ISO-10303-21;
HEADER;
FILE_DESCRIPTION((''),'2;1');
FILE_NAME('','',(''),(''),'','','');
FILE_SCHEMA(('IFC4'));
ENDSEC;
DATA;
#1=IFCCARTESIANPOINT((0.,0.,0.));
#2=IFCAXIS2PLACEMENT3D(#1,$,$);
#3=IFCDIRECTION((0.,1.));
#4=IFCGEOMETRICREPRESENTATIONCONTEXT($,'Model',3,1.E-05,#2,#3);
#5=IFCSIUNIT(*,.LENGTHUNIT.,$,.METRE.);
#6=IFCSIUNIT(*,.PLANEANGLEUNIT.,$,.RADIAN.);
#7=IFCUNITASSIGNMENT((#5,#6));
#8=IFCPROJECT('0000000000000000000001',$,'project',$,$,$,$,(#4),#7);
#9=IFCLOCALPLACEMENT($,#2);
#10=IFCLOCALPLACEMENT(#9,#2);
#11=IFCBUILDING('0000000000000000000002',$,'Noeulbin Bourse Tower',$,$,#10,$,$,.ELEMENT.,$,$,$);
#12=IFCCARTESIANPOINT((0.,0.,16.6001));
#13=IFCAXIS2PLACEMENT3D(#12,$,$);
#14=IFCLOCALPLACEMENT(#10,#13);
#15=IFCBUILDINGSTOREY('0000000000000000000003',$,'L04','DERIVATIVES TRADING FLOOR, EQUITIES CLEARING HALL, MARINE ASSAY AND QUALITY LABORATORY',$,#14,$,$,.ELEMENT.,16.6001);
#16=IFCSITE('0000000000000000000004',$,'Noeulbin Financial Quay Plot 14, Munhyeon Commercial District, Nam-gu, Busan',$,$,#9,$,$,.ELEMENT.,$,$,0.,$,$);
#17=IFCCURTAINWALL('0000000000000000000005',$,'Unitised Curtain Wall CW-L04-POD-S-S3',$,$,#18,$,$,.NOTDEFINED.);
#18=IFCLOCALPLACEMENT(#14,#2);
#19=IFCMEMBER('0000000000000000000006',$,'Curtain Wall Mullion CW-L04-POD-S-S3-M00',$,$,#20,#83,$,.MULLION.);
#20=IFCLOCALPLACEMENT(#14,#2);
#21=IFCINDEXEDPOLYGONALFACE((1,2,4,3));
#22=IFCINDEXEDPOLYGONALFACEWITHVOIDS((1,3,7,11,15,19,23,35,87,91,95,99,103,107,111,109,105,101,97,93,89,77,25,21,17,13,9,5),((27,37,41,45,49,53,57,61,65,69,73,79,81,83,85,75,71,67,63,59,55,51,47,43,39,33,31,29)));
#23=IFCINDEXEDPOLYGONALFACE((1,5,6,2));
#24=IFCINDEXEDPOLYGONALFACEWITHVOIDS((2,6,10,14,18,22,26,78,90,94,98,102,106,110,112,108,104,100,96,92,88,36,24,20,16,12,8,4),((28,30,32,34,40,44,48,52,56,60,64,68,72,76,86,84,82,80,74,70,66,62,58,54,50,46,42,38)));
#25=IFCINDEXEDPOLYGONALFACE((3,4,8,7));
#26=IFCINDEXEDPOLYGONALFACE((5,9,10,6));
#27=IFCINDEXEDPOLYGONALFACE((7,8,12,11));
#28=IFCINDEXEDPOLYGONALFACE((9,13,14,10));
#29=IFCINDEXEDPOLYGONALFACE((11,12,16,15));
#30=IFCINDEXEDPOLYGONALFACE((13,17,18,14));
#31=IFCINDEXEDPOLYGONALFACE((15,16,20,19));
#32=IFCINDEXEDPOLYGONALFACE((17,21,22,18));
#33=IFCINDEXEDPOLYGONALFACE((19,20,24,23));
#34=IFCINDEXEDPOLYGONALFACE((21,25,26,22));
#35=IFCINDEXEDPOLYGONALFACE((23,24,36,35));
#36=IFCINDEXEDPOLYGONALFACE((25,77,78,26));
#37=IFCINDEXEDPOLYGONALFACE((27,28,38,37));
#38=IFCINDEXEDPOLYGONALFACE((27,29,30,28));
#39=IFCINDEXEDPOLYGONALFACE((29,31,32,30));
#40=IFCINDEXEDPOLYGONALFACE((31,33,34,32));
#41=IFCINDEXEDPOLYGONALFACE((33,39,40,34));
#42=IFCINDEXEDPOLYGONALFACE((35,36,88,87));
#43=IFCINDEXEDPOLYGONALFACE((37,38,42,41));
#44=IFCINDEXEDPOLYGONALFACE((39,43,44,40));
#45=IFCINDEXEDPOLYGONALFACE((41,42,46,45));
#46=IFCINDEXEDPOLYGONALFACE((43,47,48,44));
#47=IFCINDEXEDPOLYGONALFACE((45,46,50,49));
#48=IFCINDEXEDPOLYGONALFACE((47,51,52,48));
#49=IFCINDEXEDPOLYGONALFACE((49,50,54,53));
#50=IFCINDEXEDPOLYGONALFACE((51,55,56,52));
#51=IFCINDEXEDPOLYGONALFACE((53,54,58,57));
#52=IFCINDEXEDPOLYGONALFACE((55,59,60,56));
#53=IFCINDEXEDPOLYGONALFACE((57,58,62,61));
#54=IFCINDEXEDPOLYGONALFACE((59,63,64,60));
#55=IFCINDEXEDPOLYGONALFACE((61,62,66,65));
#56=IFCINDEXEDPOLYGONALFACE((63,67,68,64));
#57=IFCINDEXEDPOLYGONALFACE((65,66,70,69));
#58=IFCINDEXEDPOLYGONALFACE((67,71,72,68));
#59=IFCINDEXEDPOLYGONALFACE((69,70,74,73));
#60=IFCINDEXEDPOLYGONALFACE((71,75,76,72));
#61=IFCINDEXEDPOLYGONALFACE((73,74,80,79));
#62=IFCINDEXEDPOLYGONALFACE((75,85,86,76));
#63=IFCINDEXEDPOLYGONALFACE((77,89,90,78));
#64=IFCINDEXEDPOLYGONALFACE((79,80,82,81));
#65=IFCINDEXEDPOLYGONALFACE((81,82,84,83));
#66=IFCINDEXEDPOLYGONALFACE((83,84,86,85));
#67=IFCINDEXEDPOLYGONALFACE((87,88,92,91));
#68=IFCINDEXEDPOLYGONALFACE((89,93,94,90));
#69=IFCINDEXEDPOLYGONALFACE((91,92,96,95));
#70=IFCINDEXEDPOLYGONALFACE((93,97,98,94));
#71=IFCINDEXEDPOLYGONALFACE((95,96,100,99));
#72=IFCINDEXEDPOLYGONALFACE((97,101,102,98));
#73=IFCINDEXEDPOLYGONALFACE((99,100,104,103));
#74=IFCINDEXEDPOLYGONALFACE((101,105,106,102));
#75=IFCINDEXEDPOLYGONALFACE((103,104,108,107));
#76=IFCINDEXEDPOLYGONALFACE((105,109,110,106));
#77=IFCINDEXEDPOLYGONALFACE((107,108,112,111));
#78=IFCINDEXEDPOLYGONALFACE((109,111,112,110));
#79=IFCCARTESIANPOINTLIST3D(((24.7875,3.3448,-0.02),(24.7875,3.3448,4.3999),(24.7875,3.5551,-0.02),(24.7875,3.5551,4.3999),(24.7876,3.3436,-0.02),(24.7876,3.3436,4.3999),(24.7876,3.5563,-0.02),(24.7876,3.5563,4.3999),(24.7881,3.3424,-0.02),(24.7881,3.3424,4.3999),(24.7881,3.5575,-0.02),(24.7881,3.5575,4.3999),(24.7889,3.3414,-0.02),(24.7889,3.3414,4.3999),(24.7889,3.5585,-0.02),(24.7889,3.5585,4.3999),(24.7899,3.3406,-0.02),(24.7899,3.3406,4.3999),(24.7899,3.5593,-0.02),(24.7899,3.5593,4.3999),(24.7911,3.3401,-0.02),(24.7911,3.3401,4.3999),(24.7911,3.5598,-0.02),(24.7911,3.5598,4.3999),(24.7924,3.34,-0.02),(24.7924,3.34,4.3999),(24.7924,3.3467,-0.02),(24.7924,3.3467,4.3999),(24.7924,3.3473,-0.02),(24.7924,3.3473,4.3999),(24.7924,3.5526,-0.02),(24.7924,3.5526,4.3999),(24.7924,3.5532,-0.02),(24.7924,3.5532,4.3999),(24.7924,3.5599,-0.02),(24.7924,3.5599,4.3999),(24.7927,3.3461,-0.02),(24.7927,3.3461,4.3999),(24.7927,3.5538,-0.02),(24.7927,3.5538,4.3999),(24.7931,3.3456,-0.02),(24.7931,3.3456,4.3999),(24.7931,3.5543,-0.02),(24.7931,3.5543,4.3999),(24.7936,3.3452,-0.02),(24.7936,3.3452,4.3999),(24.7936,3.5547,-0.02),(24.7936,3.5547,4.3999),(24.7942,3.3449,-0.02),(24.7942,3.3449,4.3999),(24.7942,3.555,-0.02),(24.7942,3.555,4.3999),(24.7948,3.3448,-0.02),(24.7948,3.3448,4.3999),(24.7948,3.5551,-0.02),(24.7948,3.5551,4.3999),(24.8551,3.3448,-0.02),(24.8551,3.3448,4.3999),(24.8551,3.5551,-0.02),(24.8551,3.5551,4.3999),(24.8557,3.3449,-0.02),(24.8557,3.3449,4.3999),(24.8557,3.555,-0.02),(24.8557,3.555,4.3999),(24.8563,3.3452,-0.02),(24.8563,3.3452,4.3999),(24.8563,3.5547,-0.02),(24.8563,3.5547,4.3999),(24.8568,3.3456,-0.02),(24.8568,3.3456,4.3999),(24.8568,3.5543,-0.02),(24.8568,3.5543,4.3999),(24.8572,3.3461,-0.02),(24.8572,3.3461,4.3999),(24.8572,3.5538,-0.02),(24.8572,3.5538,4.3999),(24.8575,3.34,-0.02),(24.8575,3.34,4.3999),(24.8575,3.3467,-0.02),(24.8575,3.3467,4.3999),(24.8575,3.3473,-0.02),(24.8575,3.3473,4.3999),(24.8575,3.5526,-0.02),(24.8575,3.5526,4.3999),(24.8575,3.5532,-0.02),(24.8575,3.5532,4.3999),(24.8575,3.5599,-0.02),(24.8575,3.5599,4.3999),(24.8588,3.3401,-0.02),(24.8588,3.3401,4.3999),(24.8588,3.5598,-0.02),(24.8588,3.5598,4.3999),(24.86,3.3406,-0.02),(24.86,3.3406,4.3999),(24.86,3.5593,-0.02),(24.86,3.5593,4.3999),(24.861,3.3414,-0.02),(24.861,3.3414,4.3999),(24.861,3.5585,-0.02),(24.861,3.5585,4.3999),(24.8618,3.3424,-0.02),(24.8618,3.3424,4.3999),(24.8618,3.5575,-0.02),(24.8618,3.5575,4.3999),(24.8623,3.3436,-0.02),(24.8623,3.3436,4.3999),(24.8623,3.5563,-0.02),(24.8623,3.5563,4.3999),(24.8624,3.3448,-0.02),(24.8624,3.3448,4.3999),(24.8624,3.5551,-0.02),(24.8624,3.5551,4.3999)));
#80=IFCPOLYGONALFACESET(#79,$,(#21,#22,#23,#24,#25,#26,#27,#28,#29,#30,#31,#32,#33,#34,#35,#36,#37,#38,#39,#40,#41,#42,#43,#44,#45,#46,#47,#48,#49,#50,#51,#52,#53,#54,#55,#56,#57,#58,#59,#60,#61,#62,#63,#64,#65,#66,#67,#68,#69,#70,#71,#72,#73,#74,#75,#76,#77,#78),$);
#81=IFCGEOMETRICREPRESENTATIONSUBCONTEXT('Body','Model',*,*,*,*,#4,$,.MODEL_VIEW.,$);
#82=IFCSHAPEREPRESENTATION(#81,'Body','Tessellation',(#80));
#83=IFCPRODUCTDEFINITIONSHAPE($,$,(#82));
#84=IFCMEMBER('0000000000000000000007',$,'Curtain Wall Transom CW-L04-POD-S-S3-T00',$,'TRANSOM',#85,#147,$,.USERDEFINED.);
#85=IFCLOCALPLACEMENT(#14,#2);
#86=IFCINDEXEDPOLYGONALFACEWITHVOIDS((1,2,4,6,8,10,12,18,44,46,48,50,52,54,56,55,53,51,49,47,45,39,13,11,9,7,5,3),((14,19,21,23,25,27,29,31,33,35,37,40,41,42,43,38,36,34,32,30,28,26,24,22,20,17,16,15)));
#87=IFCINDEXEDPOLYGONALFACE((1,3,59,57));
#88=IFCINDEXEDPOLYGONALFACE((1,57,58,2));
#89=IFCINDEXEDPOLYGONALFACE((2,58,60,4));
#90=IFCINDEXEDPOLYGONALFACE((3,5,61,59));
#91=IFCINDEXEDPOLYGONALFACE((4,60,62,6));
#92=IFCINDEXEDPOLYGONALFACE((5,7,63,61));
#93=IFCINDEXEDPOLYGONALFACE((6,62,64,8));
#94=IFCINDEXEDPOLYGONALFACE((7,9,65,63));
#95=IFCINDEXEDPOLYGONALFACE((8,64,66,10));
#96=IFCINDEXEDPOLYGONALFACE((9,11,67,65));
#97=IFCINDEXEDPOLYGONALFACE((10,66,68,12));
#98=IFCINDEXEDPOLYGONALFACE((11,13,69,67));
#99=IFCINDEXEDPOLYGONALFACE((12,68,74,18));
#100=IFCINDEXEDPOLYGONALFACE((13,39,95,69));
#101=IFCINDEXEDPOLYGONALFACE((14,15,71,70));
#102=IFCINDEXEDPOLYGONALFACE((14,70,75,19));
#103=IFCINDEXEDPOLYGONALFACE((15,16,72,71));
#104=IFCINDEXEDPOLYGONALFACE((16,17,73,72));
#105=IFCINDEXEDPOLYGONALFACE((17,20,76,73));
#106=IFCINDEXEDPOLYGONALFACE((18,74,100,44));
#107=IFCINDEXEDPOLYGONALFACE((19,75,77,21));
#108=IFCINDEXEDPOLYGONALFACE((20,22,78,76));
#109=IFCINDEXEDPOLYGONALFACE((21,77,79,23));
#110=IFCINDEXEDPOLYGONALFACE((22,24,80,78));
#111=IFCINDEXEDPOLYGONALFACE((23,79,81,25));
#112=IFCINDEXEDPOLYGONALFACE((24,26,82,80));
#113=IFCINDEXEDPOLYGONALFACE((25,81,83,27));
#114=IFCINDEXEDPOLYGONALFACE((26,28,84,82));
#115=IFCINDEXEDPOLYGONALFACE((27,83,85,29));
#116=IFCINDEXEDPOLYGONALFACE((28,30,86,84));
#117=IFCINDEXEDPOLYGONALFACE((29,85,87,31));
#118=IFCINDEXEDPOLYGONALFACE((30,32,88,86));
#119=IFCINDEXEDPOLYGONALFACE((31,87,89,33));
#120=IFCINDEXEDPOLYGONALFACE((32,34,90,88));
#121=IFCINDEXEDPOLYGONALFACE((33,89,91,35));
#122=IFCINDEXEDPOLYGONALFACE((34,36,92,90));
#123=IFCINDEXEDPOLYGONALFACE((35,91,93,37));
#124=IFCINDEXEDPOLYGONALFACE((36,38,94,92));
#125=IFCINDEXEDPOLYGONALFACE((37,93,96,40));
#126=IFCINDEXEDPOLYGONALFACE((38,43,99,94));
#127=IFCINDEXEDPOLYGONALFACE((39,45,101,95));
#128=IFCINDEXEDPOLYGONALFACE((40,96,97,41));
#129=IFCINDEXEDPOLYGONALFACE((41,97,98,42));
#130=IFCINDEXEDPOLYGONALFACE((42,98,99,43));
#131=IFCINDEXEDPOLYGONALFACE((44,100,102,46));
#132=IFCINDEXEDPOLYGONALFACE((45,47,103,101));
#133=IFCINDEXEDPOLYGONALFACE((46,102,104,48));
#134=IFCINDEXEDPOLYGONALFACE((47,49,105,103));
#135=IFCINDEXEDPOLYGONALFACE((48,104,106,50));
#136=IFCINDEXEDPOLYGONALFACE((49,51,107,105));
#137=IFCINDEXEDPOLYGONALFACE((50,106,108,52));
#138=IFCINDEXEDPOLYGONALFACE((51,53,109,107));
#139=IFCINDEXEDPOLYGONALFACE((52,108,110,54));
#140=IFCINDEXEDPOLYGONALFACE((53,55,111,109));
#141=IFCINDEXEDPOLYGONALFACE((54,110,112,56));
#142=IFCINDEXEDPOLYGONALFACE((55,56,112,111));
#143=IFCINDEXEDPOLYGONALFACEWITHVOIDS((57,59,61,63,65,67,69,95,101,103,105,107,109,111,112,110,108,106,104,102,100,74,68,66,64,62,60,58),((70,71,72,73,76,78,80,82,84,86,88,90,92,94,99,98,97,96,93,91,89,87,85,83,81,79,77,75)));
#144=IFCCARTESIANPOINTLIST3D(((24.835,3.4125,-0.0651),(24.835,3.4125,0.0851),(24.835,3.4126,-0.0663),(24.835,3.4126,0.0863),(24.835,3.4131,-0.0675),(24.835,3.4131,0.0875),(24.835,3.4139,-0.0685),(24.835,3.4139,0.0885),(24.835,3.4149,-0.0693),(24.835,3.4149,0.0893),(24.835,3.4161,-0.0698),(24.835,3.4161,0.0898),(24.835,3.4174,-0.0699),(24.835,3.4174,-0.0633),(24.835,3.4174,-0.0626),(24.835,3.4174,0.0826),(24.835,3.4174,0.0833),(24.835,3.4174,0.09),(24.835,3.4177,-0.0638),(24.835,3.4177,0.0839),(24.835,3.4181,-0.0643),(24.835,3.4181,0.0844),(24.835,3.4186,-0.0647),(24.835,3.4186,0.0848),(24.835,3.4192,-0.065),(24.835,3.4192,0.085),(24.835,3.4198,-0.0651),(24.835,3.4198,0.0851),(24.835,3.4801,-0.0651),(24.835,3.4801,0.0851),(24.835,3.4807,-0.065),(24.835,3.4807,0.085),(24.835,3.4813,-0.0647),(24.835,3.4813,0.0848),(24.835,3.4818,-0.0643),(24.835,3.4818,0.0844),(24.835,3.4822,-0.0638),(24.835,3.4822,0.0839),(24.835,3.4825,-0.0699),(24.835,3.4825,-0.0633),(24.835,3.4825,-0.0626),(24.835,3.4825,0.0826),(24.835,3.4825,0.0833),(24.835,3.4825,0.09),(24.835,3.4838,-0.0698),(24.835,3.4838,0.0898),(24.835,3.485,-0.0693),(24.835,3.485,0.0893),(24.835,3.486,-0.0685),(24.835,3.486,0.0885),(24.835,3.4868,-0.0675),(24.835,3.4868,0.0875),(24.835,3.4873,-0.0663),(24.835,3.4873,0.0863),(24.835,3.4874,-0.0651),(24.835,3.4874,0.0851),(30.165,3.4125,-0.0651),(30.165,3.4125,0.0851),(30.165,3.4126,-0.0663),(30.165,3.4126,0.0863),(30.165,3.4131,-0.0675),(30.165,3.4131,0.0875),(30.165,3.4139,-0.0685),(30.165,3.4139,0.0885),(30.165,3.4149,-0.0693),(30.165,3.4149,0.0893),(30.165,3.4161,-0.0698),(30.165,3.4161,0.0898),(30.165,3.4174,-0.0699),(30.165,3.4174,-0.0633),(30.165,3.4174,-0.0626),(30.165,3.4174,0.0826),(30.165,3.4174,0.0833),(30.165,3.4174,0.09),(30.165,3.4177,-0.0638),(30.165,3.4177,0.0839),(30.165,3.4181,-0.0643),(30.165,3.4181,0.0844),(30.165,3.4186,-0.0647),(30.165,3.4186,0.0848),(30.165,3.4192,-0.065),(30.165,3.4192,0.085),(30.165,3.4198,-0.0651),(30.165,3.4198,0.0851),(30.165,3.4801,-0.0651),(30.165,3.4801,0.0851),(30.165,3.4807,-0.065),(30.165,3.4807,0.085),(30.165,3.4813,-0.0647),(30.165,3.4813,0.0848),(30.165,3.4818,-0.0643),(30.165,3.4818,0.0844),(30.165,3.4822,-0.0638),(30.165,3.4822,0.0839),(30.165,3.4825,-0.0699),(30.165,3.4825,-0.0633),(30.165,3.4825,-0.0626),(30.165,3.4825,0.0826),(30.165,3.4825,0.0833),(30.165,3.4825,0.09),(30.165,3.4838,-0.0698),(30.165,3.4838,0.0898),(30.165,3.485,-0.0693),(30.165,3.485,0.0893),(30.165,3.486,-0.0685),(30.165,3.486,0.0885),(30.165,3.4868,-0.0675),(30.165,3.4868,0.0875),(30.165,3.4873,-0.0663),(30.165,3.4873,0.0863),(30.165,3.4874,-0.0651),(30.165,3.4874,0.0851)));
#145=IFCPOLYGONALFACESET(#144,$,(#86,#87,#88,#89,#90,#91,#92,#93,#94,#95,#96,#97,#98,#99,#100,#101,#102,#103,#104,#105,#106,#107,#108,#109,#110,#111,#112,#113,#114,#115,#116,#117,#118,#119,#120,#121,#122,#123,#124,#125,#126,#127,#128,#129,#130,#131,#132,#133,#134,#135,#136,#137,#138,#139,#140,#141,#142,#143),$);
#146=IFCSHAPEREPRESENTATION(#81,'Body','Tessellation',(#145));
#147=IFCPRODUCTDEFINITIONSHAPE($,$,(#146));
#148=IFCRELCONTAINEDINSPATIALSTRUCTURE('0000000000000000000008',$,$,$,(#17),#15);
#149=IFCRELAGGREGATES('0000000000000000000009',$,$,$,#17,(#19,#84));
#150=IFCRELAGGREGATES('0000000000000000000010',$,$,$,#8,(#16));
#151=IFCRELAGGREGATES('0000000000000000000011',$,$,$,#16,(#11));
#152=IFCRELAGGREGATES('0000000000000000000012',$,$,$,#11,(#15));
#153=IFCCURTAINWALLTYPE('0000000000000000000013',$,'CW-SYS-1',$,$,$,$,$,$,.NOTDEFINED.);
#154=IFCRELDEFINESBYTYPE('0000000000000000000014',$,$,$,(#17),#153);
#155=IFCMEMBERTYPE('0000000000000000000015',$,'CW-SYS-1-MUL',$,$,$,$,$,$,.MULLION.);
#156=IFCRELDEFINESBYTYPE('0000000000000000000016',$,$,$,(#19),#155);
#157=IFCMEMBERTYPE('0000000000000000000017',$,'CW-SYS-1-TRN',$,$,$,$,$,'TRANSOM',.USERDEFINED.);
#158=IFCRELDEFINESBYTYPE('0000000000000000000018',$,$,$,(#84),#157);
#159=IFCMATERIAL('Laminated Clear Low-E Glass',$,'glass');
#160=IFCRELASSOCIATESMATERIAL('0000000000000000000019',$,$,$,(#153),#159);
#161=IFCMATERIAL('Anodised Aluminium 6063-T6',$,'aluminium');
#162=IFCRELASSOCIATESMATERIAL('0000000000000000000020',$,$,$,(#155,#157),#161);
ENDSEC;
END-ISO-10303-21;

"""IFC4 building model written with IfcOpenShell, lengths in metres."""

from ifc_helpers import new_model, si_unit, direction, frame, origin, origin_2d, place, context, subcontext, project, spatial, hollow_rectangle, extrude, material, material_profile, profile_set, type_object, element, aggregate, save


model = new_model("IFC4")

# Units and contexts
model_context = context("Model", 3, precision=1e-05, world=origin(), true_north=direction((0.0, 1.0)))
body_context = subcontext(model_context, "Body", "Model", "MODEL_VIEW")
ifc_project = project(units=[si_unit("LENGTHUNIT", "METRE"), si_unit("PLANEANGLEUNIT", "RADIAN")], contexts=[model_context])

# Site, building, storey
site_placement = place(None, origin())
site = spatial("IfcSite", under=ifc_project, at=site_placement, Name="Noeulbin Financial Quay Plot 14, Munhyeon Commercial District, Nam-gu, Busan", CompositionType="ELEMENT", RefElevation=0.0)
building_placement = place(site_placement, origin())
building = spatial("IfcBuilding", under=site, at=building_placement, Name="Noeulbin Bourse Tower", CompositionType="ELEMENT")
storey_placement = place(building_placement, frame((0.0, 0.0, 16.6001)))
storey = spatial("IfcBuildingStorey", under=building, at=storey_placement, Name="L04", Description="DERIVATIVES TRADING FLOOR, EQUITIES CLEARING HALL, MARINE ASSAY AND QUALITY LABORATORY", CompositionType="ELEMENT", Elevation=16.6001)

# Curtain wall, members
ifc_material_1 = material(Name="Laminated Clear Low-E Glass", Category="glass")
curtain_wall_type = type_object("IfcCurtainWallType", Name="CW-SYS-1", PredefinedType="NOTDEFINED", material=ifc_material_1)
ifc_material_2 = material(Name="Anodised Aluminium 6063-T6", Category="aluminium")
ifc_material_profile_1 = material_profile(ifc_material_2, hollow_rectangle(XDim=0.075, YDim=0.22, WallThickness=0.0049, InnerFilletRadius=0.0024, OuterFilletRadius=0.0049, at=origin_2d()), Name="ALU-MULL-75x220x5", Category="LoadBearing")
ifc_profile_set_1 = profile_set([ifc_material_profile_1], Name="Anodised Aluminium 6063-T6")
member_type_1 = type_object("IfcMemberType", Name="CW-SYS-1-MUL", PredefinedType="MULLION", material=ifc_profile_set_1)
curtain_wall_1_placement = place(storey_placement, origin())
curtain_wall_1 = element("IfcCurtainWall", 1, at=curtain_wall_1_placement, inside=storey, type_object=curtain_wall_type, Name="Unitised Curtain Wall CW-L04-POD-S-S3", PredefinedType="NOTDEFINED")
member_1_placement = place(storey_placement, frame((24.825, 3.45, -0.02), z_axis=(0.0, 0.0, 1.0), x_axis=(1.0, 0.0, 0.0)))
member_1 = element("IfcMember", 2, at=member_1_placement, type_object=member_type_1, Name="Curtain Wall Mullion CW-L04-POD-S-S3-M00", PredefinedType="MULLION", context=body_context, shape_type="SweptSolid", body=[
    extrude(hollow_rectangle(XDim=0.075, YDim=0.22, WallThickness=0.0049, InnerFilletRadius=0.0024, OuterFilletRadius=0.0049, at=origin_2d()), origin(), (0.0, 0.0, 1.0), 4.4199),
])
ifc_material_profile_2 = material_profile(ifc_material_2, hollow_rectangle(XDim=0.075, YDim=0.1599, WallThickness=0.0049, InnerFilletRadius=0.0024, OuterFilletRadius=0.0049, at=origin_2d()), Name="ALU-TRAN-75x160x5", Category="LoadBearing")
ifc_profile_set_2 = profile_set([ifc_material_profile_2], Name="Anodised Aluminium 6063-T6")
member_type_2 = type_object("IfcMemberType", Name="CW-SYS-1-TRN", ElementType="TRANSOM", PredefinedType="USERDEFINED", material=ifc_profile_set_2)
member_2_placement = place(storey_placement, frame((24.835, 3.45, 0.01), z_axis=(1.0, 0.0, 0.0), x_axis=(0.0, 1.0, 0.0)))
member_2 = element("IfcMember", 3, at=member_2_placement, type_object=member_type_2, Name="Curtain Wall Transom CW-L04-POD-S-S3-T00", ObjectType="TRANSOM", PredefinedType="USERDEFINED", context=body_context, shape_type="SweptSolid", body=[
    extrude(hollow_rectangle(XDim=0.075, YDim=0.1599, WallThickness=0.0049, InnerFilletRadius=0.0024, OuterFilletRadius=0.0049, at=origin_2d()), origin(), (0.0, 0.0, 1.0), 5.3301),
])

aggregate(curtain_wall_1, [member_1, member_2])

save(model, "model.ifc")
